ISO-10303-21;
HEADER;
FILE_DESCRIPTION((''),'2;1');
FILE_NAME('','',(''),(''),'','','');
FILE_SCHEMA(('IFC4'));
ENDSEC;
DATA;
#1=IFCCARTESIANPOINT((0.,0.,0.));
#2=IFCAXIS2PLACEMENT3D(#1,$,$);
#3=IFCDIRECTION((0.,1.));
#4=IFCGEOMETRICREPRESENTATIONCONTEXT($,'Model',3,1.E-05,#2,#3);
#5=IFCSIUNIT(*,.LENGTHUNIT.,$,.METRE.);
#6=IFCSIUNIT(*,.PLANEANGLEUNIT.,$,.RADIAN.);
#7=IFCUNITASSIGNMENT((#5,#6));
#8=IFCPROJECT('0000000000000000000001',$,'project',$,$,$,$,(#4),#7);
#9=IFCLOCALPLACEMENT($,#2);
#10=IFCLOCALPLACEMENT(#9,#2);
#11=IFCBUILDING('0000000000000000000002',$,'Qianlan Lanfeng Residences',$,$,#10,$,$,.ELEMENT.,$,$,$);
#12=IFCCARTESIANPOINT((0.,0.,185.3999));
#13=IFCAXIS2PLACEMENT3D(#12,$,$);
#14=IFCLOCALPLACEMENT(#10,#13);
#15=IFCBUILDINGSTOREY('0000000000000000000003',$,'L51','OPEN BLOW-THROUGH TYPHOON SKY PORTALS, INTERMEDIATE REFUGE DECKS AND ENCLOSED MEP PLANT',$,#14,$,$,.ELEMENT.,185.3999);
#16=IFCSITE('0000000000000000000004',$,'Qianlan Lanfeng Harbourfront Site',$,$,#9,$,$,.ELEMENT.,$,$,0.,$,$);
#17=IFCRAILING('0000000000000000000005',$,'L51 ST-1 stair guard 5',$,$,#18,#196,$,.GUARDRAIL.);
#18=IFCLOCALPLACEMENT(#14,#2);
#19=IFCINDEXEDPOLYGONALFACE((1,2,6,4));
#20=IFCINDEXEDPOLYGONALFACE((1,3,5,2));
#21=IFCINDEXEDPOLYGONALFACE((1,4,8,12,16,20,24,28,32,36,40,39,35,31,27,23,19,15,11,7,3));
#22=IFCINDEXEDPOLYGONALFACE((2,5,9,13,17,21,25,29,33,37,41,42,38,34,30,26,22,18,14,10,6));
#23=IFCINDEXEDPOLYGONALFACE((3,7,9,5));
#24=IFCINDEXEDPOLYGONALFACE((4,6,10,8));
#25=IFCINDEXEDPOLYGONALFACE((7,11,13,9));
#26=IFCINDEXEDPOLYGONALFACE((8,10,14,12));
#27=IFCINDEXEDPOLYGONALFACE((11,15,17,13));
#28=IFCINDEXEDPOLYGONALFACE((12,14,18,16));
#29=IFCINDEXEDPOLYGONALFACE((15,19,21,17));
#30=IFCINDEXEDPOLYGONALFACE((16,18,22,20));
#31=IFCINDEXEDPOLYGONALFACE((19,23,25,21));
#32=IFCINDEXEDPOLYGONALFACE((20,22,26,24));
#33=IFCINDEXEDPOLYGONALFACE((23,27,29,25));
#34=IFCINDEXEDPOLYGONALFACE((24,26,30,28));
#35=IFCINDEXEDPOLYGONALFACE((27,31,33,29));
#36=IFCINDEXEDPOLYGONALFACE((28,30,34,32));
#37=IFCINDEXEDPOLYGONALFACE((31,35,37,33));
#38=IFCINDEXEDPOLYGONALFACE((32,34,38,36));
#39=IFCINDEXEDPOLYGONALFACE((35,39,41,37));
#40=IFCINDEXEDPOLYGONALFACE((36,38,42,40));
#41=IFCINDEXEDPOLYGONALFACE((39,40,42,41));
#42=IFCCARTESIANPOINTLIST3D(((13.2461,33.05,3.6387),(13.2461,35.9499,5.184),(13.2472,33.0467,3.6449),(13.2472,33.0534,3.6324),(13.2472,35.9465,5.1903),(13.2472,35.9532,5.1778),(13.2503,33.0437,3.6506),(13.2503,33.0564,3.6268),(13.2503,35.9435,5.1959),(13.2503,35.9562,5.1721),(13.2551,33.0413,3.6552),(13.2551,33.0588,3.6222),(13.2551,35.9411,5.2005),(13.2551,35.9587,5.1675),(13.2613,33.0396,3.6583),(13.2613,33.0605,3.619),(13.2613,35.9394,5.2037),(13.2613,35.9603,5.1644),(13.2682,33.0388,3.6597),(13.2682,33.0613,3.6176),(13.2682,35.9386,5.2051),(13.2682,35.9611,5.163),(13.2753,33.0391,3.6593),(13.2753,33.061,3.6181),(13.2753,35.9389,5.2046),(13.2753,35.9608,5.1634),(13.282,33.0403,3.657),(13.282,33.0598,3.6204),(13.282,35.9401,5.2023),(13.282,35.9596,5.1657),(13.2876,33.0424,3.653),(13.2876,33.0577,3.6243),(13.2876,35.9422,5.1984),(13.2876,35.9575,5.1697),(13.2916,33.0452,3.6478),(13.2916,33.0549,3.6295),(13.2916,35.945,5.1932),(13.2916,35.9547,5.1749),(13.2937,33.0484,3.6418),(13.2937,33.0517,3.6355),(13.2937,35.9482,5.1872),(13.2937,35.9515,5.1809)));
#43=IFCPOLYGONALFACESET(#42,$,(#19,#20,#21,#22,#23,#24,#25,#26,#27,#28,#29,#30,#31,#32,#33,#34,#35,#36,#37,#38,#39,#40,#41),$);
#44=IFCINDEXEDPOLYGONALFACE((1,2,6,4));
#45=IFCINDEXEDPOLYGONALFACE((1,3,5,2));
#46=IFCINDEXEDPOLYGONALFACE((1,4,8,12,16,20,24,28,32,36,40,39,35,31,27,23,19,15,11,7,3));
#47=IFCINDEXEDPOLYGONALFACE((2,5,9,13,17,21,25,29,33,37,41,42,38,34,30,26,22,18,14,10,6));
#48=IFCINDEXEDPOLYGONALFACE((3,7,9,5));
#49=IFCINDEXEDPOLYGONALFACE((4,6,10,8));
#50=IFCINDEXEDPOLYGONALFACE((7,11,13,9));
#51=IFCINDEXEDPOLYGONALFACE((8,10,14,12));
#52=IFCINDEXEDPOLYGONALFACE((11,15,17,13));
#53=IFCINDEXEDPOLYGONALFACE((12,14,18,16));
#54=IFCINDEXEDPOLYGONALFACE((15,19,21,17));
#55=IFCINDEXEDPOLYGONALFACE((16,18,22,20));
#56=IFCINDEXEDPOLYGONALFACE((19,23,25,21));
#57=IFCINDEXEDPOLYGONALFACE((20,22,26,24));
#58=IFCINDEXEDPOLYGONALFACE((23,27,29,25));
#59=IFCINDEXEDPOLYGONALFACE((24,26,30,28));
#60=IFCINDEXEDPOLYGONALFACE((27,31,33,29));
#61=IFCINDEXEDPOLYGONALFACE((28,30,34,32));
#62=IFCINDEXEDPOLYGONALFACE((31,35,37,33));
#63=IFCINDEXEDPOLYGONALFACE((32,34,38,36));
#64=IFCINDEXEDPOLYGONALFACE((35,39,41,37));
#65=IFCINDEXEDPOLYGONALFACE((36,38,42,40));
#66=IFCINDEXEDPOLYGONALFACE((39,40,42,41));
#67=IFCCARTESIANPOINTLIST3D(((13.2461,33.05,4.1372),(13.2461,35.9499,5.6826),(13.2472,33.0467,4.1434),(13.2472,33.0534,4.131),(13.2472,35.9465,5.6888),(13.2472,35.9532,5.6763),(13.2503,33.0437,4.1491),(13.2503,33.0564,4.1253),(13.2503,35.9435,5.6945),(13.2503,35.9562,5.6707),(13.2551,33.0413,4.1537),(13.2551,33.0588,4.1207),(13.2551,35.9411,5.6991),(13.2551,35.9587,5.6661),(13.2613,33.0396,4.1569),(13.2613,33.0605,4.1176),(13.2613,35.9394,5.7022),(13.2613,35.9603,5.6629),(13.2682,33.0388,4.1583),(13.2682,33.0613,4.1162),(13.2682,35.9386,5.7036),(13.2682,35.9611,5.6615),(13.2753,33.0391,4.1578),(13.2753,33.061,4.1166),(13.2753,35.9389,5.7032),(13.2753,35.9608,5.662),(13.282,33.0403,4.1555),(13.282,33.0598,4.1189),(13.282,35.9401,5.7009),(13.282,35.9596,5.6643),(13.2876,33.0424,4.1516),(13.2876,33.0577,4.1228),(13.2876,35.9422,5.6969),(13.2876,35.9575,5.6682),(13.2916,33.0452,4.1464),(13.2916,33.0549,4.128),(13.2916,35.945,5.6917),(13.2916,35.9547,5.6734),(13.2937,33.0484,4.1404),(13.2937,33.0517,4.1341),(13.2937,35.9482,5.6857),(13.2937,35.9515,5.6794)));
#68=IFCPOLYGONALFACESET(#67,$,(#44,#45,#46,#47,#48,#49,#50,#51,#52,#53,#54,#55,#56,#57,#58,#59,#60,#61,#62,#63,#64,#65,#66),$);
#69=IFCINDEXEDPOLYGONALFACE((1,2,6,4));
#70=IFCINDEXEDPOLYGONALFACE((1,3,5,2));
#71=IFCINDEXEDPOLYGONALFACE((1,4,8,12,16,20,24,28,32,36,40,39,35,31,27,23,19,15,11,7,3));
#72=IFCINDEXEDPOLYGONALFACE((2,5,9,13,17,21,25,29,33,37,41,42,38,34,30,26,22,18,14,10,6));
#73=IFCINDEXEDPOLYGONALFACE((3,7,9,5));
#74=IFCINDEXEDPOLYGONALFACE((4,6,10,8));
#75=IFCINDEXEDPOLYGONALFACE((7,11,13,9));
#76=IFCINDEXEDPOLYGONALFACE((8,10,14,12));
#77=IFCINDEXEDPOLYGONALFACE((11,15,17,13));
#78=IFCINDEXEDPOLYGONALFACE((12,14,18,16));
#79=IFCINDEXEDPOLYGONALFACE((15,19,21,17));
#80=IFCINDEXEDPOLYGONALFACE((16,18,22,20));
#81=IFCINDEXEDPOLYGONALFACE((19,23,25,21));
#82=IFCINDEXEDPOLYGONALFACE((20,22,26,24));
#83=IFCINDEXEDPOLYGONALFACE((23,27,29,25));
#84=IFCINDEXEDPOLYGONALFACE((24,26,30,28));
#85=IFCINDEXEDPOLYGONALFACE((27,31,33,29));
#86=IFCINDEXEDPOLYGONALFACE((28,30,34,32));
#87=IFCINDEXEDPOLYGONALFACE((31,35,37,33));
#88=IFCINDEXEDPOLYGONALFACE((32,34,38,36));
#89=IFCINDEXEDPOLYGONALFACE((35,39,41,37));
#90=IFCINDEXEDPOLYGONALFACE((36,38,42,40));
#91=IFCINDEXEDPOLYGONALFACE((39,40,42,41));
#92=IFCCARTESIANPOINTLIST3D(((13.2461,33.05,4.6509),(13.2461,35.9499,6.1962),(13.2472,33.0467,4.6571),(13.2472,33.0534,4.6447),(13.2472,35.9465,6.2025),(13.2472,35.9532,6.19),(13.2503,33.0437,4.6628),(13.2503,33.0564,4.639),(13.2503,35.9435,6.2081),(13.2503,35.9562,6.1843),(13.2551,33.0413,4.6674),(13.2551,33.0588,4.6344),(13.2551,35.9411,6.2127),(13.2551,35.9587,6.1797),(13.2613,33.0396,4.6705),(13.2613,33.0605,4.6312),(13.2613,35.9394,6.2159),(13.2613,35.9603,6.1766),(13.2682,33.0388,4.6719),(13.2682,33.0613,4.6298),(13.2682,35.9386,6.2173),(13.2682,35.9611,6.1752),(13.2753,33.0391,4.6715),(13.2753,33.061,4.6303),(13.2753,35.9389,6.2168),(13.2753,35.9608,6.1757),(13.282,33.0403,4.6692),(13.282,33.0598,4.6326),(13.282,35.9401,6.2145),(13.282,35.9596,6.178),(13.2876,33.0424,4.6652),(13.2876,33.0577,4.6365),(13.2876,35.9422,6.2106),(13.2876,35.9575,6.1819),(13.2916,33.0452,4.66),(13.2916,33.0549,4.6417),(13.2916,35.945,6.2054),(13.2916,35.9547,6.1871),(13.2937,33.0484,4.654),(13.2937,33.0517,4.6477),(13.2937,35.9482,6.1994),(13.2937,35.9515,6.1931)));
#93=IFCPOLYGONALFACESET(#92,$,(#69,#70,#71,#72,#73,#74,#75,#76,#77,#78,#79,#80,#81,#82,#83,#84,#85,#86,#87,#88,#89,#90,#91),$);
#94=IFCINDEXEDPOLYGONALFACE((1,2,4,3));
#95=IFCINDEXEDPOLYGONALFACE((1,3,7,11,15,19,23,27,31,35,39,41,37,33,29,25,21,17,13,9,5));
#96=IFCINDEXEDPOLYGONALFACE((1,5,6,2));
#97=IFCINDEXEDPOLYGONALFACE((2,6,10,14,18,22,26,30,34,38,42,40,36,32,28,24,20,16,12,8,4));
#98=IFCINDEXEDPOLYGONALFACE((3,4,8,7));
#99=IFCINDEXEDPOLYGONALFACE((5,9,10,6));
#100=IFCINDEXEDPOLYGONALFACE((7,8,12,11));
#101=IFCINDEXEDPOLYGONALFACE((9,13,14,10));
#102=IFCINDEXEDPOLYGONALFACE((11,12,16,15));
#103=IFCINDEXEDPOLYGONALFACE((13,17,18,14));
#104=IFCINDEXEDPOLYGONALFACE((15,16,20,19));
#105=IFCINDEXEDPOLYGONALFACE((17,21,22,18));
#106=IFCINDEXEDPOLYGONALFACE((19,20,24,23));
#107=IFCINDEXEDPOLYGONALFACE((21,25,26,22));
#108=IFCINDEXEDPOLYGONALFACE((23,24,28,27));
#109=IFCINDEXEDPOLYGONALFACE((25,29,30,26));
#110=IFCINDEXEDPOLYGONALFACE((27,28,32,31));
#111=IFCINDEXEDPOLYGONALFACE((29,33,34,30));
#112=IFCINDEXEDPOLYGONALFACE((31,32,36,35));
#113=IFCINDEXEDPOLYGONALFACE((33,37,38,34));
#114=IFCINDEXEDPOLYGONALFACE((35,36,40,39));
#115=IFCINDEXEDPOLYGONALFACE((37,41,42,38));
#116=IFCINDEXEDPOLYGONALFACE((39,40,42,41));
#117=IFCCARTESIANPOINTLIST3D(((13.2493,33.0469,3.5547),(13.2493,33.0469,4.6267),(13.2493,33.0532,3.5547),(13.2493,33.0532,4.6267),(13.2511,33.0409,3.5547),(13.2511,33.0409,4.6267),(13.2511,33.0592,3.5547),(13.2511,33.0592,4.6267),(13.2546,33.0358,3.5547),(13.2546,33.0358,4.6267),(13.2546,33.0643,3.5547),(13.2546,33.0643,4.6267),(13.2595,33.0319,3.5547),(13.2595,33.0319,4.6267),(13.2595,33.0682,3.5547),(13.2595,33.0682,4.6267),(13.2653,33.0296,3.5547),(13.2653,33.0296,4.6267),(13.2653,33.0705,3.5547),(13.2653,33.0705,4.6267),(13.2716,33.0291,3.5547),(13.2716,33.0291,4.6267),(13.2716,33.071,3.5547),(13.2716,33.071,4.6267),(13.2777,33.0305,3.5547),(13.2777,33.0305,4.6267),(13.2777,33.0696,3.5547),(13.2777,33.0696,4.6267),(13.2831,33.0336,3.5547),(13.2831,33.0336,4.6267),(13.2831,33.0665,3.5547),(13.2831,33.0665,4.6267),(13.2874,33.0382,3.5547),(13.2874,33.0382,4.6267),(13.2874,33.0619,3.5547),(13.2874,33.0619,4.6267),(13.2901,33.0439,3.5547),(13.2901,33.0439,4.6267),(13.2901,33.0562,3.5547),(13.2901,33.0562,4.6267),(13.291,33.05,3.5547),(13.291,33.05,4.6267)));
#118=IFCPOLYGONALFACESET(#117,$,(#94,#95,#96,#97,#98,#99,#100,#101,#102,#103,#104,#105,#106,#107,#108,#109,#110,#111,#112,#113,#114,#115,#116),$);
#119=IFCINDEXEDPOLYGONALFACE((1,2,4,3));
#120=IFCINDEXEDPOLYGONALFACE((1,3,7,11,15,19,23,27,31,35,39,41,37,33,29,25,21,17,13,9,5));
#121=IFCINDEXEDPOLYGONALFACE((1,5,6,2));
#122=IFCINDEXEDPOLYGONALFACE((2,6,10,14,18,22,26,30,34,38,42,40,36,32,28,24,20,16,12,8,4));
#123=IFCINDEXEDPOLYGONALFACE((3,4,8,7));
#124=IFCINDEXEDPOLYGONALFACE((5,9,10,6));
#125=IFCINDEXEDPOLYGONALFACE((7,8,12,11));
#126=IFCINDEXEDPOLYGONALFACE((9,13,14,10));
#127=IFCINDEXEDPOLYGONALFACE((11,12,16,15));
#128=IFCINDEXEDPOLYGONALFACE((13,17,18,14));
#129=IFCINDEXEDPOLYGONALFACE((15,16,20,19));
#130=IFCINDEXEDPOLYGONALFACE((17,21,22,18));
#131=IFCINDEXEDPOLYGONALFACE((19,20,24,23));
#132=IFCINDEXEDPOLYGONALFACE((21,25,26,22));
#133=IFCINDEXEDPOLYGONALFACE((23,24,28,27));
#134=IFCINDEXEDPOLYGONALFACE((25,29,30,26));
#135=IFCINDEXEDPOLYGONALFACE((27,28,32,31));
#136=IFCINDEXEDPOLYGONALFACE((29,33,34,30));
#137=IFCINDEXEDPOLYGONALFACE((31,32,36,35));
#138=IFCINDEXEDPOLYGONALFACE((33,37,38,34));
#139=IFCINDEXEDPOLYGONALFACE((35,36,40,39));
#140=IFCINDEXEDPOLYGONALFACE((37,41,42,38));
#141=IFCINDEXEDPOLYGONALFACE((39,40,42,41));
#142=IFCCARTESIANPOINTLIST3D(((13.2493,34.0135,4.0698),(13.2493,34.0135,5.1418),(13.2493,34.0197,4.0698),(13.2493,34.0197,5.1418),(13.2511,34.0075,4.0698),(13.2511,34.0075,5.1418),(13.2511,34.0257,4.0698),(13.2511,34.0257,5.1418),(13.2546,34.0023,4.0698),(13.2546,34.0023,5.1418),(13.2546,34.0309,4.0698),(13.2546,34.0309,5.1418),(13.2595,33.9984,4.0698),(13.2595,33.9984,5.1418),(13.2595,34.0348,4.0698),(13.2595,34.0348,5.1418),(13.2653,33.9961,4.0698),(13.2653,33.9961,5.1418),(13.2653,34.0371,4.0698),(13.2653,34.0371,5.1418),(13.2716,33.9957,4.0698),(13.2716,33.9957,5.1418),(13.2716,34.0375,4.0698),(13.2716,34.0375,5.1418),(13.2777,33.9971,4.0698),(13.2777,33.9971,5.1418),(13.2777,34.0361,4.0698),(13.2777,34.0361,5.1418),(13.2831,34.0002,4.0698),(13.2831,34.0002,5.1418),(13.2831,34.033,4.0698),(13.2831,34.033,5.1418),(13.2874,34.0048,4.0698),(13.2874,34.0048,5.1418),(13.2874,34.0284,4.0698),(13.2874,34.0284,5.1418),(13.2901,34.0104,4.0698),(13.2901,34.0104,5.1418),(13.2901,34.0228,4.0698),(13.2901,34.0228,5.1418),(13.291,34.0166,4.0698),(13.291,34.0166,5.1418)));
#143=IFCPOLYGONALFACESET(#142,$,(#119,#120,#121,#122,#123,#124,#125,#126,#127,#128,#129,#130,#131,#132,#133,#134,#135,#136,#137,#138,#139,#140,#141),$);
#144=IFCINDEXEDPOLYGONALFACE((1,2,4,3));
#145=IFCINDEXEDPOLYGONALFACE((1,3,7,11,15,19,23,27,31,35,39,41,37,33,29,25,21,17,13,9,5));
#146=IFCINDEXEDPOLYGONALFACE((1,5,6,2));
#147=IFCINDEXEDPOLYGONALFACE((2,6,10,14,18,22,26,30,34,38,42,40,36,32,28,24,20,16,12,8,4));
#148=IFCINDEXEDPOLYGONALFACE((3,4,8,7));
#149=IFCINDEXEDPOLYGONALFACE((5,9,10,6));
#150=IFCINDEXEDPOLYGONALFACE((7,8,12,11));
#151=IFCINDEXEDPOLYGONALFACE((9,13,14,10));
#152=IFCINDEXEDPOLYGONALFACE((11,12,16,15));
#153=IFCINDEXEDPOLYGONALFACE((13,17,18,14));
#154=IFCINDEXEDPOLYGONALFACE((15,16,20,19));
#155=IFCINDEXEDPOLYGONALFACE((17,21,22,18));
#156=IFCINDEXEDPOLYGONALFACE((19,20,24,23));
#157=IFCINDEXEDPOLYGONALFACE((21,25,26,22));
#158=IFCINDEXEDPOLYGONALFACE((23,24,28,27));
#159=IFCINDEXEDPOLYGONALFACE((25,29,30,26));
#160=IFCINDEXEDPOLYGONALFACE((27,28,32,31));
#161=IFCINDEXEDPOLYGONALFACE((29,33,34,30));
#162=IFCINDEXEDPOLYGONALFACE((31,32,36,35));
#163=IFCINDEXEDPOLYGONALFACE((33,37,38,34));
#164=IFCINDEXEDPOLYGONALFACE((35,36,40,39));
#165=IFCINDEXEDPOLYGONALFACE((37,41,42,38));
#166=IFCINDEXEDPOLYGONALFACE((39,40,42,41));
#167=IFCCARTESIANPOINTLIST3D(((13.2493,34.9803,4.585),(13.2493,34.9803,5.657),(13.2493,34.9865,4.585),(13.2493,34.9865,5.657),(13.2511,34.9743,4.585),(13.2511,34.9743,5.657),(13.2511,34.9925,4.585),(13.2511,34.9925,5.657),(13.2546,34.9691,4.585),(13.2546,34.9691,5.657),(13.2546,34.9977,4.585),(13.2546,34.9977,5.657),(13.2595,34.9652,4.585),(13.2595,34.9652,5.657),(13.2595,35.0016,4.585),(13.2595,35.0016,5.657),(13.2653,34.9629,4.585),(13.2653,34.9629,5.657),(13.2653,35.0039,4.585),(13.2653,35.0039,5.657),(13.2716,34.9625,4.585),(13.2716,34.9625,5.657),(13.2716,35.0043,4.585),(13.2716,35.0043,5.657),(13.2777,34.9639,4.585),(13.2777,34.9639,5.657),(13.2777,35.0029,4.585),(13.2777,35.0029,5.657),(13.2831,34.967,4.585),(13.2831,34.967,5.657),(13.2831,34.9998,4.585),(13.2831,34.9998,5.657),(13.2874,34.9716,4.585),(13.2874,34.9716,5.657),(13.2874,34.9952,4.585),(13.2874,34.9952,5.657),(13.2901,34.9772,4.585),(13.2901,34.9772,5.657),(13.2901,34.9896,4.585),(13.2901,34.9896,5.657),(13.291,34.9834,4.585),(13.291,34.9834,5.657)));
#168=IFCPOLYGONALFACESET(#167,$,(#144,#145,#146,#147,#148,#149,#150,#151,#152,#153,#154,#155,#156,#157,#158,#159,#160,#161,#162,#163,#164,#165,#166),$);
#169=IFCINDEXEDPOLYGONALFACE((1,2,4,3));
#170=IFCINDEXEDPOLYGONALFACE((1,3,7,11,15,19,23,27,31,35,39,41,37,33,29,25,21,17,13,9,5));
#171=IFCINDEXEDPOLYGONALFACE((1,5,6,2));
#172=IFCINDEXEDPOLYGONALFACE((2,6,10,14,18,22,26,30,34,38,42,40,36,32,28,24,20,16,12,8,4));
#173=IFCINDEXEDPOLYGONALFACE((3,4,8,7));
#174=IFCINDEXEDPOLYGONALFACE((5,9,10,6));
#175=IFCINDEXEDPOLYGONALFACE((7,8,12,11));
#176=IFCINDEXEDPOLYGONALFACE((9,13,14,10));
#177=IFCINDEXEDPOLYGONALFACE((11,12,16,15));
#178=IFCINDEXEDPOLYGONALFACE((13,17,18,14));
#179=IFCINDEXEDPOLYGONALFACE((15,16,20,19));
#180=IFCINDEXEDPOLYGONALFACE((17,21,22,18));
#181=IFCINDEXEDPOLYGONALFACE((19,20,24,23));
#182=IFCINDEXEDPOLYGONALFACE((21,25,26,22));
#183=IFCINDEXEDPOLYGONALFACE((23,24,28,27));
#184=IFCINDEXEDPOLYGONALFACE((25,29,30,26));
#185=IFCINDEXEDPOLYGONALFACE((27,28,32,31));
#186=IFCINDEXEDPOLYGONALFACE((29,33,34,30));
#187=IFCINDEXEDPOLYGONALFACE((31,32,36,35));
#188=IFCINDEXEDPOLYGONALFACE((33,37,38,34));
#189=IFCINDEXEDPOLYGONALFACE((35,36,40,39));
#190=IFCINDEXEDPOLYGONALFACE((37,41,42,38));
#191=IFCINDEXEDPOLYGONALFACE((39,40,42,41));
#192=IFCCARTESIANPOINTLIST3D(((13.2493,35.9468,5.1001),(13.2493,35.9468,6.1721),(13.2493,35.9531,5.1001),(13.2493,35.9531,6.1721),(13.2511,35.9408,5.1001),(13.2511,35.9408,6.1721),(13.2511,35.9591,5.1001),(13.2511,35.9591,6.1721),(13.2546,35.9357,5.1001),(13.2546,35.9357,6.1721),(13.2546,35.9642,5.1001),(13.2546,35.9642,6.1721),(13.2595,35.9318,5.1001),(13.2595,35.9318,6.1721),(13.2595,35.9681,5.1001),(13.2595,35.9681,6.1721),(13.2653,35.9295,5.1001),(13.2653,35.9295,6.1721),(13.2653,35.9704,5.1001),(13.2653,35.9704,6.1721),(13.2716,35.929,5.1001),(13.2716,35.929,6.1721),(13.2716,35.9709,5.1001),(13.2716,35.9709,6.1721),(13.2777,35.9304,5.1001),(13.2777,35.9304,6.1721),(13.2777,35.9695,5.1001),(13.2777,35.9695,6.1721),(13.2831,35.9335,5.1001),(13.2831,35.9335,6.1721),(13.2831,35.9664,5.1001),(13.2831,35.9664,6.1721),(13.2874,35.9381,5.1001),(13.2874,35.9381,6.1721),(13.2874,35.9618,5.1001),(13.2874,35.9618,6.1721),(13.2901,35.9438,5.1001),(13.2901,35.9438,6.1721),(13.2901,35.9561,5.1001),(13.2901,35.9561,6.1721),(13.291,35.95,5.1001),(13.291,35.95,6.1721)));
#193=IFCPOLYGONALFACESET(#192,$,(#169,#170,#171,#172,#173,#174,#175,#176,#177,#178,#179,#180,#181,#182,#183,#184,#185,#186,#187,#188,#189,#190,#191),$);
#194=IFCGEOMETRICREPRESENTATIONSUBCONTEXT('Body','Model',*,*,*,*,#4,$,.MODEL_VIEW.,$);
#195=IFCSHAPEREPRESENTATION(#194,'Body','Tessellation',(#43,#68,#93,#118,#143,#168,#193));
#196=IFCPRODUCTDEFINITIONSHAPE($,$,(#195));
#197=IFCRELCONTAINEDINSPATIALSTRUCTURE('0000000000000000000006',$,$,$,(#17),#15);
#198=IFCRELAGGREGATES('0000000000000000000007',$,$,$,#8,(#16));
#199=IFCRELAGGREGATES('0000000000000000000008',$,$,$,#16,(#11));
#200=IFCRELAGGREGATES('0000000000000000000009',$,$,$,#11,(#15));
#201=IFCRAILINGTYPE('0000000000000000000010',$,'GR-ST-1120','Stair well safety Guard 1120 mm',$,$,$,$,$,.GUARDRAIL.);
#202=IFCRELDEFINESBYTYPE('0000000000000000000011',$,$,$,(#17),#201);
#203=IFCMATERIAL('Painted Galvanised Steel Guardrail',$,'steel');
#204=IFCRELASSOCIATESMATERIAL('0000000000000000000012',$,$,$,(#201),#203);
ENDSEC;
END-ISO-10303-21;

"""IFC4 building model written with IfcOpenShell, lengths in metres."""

from ifc_helpers import new_model, si_unit, direction, frame, origin, origin_2d, place, context, subcontext, project, spatial, circle, extrude, material, type_object, element, save


model = new_model("IFC4")

# Units and contexts
model_context = context("Model", 3, precision=1e-05, world=origin(), true_north=direction((0.0, 1.0)))
body_context = subcontext(model_context, "Body", "Model", "MODEL_VIEW")
ifc_project = project(units=[si_unit("LENGTHUNIT", "METRE"), si_unit("PLANEANGLEUNIT", "RADIAN")], contexts=[model_context])

# Site, building, storey
site_placement = place(None, origin())
site = spatial("IfcSite", under=ifc_project, at=site_placement, Name="Qianlan Lanfeng Harbourfront Site", CompositionType="ELEMENT", RefElevation=0.0)
building_placement = place(site_placement, origin())
building = spatial("IfcBuilding", under=site, at=building_placement, Name="Qianlan Lanfeng Residences", CompositionType="ELEMENT")
storey_placement = place(building_placement, frame((0.0, 0.0, 185.3999)))
storey = spatial("IfcBuildingStorey", under=building, at=storey_placement, Name="L51", Description="OPEN BLOW-THROUGH TYPHOON SKY PORTALS, INTERMEDIATE REFUGE DECKS AND ENCLOSED MEP PLANT", CompositionType="ELEMENT", Elevation=185.3999)

# Railing
ifc_material_1 = material(Name="Painted Galvanised Steel Guardrail", Category="steel")
railing_type_1 = type_object("IfcRailingType", Name="GR-ST-1120", Description="Stair well safety Guard 1120 mm", PredefinedType="GUARDRAIL", material=ifc_material_1)
railing_1_placement = place(storey_placement, frame((13.27, 33.05, 3.5547)))
element("IfcRailing", 1, at=railing_1_placement, inside=storey, type_object=railing_type_1, Name="L51 ST-1 stair guard 5", PredefinedType="GUARDRAIL", context=body_context, shape_type="SweptSolid", body=[
    extrude(circle(Radius=0.0239, at=origin_2d()), frame((0.0, 0.0, 0.084), z_axis=(0.0, 0.882505, 0.470303), x_axis=(-1.0, 0.0, 0.0)), (0.0, 0.0, 1.0), 3.2859),
    extrude(circle(Radius=0.0239, at=origin_2d()), frame((0.0, 0.0, 0.5825), z_axis=(0.0, 0.882505, 0.470303), x_axis=(-1.0, 0.0, 0.0)), (0.0, 0.0, 1.0), 3.2859),
    extrude(circle(Radius=0.0239, at=origin_2d()), frame((0.0, 0.0, 1.0962), z_axis=(0.0, 0.882505, 0.470303), x_axis=(-1.0, 0.0, 0.0)), (0.0, 0.0, 1.0), 3.2859),
    extrude(circle(Radius=0.021, at=origin_2d()), origin(), (0.0, 0.0, 1.0), 1.072),
    extrude(circle(Radius=0.021, at=origin_2d()), frame((0.0, 0.9666, 0.5151)), (0.0, 0.0, 1.0), 1.072),
    extrude(circle(Radius=0.021, at=origin_2d()), frame((0.0, 1.9333, 1.0303)), (0.0, 0.0, 1.0), 1.072),
    extrude(circle(Radius=0.021, at=origin_2d()), frame((0.0, 2.8999, 1.5454)), (0.0, 0.0, 1.0), 1.072),
])

save(model, "model.ifc")
